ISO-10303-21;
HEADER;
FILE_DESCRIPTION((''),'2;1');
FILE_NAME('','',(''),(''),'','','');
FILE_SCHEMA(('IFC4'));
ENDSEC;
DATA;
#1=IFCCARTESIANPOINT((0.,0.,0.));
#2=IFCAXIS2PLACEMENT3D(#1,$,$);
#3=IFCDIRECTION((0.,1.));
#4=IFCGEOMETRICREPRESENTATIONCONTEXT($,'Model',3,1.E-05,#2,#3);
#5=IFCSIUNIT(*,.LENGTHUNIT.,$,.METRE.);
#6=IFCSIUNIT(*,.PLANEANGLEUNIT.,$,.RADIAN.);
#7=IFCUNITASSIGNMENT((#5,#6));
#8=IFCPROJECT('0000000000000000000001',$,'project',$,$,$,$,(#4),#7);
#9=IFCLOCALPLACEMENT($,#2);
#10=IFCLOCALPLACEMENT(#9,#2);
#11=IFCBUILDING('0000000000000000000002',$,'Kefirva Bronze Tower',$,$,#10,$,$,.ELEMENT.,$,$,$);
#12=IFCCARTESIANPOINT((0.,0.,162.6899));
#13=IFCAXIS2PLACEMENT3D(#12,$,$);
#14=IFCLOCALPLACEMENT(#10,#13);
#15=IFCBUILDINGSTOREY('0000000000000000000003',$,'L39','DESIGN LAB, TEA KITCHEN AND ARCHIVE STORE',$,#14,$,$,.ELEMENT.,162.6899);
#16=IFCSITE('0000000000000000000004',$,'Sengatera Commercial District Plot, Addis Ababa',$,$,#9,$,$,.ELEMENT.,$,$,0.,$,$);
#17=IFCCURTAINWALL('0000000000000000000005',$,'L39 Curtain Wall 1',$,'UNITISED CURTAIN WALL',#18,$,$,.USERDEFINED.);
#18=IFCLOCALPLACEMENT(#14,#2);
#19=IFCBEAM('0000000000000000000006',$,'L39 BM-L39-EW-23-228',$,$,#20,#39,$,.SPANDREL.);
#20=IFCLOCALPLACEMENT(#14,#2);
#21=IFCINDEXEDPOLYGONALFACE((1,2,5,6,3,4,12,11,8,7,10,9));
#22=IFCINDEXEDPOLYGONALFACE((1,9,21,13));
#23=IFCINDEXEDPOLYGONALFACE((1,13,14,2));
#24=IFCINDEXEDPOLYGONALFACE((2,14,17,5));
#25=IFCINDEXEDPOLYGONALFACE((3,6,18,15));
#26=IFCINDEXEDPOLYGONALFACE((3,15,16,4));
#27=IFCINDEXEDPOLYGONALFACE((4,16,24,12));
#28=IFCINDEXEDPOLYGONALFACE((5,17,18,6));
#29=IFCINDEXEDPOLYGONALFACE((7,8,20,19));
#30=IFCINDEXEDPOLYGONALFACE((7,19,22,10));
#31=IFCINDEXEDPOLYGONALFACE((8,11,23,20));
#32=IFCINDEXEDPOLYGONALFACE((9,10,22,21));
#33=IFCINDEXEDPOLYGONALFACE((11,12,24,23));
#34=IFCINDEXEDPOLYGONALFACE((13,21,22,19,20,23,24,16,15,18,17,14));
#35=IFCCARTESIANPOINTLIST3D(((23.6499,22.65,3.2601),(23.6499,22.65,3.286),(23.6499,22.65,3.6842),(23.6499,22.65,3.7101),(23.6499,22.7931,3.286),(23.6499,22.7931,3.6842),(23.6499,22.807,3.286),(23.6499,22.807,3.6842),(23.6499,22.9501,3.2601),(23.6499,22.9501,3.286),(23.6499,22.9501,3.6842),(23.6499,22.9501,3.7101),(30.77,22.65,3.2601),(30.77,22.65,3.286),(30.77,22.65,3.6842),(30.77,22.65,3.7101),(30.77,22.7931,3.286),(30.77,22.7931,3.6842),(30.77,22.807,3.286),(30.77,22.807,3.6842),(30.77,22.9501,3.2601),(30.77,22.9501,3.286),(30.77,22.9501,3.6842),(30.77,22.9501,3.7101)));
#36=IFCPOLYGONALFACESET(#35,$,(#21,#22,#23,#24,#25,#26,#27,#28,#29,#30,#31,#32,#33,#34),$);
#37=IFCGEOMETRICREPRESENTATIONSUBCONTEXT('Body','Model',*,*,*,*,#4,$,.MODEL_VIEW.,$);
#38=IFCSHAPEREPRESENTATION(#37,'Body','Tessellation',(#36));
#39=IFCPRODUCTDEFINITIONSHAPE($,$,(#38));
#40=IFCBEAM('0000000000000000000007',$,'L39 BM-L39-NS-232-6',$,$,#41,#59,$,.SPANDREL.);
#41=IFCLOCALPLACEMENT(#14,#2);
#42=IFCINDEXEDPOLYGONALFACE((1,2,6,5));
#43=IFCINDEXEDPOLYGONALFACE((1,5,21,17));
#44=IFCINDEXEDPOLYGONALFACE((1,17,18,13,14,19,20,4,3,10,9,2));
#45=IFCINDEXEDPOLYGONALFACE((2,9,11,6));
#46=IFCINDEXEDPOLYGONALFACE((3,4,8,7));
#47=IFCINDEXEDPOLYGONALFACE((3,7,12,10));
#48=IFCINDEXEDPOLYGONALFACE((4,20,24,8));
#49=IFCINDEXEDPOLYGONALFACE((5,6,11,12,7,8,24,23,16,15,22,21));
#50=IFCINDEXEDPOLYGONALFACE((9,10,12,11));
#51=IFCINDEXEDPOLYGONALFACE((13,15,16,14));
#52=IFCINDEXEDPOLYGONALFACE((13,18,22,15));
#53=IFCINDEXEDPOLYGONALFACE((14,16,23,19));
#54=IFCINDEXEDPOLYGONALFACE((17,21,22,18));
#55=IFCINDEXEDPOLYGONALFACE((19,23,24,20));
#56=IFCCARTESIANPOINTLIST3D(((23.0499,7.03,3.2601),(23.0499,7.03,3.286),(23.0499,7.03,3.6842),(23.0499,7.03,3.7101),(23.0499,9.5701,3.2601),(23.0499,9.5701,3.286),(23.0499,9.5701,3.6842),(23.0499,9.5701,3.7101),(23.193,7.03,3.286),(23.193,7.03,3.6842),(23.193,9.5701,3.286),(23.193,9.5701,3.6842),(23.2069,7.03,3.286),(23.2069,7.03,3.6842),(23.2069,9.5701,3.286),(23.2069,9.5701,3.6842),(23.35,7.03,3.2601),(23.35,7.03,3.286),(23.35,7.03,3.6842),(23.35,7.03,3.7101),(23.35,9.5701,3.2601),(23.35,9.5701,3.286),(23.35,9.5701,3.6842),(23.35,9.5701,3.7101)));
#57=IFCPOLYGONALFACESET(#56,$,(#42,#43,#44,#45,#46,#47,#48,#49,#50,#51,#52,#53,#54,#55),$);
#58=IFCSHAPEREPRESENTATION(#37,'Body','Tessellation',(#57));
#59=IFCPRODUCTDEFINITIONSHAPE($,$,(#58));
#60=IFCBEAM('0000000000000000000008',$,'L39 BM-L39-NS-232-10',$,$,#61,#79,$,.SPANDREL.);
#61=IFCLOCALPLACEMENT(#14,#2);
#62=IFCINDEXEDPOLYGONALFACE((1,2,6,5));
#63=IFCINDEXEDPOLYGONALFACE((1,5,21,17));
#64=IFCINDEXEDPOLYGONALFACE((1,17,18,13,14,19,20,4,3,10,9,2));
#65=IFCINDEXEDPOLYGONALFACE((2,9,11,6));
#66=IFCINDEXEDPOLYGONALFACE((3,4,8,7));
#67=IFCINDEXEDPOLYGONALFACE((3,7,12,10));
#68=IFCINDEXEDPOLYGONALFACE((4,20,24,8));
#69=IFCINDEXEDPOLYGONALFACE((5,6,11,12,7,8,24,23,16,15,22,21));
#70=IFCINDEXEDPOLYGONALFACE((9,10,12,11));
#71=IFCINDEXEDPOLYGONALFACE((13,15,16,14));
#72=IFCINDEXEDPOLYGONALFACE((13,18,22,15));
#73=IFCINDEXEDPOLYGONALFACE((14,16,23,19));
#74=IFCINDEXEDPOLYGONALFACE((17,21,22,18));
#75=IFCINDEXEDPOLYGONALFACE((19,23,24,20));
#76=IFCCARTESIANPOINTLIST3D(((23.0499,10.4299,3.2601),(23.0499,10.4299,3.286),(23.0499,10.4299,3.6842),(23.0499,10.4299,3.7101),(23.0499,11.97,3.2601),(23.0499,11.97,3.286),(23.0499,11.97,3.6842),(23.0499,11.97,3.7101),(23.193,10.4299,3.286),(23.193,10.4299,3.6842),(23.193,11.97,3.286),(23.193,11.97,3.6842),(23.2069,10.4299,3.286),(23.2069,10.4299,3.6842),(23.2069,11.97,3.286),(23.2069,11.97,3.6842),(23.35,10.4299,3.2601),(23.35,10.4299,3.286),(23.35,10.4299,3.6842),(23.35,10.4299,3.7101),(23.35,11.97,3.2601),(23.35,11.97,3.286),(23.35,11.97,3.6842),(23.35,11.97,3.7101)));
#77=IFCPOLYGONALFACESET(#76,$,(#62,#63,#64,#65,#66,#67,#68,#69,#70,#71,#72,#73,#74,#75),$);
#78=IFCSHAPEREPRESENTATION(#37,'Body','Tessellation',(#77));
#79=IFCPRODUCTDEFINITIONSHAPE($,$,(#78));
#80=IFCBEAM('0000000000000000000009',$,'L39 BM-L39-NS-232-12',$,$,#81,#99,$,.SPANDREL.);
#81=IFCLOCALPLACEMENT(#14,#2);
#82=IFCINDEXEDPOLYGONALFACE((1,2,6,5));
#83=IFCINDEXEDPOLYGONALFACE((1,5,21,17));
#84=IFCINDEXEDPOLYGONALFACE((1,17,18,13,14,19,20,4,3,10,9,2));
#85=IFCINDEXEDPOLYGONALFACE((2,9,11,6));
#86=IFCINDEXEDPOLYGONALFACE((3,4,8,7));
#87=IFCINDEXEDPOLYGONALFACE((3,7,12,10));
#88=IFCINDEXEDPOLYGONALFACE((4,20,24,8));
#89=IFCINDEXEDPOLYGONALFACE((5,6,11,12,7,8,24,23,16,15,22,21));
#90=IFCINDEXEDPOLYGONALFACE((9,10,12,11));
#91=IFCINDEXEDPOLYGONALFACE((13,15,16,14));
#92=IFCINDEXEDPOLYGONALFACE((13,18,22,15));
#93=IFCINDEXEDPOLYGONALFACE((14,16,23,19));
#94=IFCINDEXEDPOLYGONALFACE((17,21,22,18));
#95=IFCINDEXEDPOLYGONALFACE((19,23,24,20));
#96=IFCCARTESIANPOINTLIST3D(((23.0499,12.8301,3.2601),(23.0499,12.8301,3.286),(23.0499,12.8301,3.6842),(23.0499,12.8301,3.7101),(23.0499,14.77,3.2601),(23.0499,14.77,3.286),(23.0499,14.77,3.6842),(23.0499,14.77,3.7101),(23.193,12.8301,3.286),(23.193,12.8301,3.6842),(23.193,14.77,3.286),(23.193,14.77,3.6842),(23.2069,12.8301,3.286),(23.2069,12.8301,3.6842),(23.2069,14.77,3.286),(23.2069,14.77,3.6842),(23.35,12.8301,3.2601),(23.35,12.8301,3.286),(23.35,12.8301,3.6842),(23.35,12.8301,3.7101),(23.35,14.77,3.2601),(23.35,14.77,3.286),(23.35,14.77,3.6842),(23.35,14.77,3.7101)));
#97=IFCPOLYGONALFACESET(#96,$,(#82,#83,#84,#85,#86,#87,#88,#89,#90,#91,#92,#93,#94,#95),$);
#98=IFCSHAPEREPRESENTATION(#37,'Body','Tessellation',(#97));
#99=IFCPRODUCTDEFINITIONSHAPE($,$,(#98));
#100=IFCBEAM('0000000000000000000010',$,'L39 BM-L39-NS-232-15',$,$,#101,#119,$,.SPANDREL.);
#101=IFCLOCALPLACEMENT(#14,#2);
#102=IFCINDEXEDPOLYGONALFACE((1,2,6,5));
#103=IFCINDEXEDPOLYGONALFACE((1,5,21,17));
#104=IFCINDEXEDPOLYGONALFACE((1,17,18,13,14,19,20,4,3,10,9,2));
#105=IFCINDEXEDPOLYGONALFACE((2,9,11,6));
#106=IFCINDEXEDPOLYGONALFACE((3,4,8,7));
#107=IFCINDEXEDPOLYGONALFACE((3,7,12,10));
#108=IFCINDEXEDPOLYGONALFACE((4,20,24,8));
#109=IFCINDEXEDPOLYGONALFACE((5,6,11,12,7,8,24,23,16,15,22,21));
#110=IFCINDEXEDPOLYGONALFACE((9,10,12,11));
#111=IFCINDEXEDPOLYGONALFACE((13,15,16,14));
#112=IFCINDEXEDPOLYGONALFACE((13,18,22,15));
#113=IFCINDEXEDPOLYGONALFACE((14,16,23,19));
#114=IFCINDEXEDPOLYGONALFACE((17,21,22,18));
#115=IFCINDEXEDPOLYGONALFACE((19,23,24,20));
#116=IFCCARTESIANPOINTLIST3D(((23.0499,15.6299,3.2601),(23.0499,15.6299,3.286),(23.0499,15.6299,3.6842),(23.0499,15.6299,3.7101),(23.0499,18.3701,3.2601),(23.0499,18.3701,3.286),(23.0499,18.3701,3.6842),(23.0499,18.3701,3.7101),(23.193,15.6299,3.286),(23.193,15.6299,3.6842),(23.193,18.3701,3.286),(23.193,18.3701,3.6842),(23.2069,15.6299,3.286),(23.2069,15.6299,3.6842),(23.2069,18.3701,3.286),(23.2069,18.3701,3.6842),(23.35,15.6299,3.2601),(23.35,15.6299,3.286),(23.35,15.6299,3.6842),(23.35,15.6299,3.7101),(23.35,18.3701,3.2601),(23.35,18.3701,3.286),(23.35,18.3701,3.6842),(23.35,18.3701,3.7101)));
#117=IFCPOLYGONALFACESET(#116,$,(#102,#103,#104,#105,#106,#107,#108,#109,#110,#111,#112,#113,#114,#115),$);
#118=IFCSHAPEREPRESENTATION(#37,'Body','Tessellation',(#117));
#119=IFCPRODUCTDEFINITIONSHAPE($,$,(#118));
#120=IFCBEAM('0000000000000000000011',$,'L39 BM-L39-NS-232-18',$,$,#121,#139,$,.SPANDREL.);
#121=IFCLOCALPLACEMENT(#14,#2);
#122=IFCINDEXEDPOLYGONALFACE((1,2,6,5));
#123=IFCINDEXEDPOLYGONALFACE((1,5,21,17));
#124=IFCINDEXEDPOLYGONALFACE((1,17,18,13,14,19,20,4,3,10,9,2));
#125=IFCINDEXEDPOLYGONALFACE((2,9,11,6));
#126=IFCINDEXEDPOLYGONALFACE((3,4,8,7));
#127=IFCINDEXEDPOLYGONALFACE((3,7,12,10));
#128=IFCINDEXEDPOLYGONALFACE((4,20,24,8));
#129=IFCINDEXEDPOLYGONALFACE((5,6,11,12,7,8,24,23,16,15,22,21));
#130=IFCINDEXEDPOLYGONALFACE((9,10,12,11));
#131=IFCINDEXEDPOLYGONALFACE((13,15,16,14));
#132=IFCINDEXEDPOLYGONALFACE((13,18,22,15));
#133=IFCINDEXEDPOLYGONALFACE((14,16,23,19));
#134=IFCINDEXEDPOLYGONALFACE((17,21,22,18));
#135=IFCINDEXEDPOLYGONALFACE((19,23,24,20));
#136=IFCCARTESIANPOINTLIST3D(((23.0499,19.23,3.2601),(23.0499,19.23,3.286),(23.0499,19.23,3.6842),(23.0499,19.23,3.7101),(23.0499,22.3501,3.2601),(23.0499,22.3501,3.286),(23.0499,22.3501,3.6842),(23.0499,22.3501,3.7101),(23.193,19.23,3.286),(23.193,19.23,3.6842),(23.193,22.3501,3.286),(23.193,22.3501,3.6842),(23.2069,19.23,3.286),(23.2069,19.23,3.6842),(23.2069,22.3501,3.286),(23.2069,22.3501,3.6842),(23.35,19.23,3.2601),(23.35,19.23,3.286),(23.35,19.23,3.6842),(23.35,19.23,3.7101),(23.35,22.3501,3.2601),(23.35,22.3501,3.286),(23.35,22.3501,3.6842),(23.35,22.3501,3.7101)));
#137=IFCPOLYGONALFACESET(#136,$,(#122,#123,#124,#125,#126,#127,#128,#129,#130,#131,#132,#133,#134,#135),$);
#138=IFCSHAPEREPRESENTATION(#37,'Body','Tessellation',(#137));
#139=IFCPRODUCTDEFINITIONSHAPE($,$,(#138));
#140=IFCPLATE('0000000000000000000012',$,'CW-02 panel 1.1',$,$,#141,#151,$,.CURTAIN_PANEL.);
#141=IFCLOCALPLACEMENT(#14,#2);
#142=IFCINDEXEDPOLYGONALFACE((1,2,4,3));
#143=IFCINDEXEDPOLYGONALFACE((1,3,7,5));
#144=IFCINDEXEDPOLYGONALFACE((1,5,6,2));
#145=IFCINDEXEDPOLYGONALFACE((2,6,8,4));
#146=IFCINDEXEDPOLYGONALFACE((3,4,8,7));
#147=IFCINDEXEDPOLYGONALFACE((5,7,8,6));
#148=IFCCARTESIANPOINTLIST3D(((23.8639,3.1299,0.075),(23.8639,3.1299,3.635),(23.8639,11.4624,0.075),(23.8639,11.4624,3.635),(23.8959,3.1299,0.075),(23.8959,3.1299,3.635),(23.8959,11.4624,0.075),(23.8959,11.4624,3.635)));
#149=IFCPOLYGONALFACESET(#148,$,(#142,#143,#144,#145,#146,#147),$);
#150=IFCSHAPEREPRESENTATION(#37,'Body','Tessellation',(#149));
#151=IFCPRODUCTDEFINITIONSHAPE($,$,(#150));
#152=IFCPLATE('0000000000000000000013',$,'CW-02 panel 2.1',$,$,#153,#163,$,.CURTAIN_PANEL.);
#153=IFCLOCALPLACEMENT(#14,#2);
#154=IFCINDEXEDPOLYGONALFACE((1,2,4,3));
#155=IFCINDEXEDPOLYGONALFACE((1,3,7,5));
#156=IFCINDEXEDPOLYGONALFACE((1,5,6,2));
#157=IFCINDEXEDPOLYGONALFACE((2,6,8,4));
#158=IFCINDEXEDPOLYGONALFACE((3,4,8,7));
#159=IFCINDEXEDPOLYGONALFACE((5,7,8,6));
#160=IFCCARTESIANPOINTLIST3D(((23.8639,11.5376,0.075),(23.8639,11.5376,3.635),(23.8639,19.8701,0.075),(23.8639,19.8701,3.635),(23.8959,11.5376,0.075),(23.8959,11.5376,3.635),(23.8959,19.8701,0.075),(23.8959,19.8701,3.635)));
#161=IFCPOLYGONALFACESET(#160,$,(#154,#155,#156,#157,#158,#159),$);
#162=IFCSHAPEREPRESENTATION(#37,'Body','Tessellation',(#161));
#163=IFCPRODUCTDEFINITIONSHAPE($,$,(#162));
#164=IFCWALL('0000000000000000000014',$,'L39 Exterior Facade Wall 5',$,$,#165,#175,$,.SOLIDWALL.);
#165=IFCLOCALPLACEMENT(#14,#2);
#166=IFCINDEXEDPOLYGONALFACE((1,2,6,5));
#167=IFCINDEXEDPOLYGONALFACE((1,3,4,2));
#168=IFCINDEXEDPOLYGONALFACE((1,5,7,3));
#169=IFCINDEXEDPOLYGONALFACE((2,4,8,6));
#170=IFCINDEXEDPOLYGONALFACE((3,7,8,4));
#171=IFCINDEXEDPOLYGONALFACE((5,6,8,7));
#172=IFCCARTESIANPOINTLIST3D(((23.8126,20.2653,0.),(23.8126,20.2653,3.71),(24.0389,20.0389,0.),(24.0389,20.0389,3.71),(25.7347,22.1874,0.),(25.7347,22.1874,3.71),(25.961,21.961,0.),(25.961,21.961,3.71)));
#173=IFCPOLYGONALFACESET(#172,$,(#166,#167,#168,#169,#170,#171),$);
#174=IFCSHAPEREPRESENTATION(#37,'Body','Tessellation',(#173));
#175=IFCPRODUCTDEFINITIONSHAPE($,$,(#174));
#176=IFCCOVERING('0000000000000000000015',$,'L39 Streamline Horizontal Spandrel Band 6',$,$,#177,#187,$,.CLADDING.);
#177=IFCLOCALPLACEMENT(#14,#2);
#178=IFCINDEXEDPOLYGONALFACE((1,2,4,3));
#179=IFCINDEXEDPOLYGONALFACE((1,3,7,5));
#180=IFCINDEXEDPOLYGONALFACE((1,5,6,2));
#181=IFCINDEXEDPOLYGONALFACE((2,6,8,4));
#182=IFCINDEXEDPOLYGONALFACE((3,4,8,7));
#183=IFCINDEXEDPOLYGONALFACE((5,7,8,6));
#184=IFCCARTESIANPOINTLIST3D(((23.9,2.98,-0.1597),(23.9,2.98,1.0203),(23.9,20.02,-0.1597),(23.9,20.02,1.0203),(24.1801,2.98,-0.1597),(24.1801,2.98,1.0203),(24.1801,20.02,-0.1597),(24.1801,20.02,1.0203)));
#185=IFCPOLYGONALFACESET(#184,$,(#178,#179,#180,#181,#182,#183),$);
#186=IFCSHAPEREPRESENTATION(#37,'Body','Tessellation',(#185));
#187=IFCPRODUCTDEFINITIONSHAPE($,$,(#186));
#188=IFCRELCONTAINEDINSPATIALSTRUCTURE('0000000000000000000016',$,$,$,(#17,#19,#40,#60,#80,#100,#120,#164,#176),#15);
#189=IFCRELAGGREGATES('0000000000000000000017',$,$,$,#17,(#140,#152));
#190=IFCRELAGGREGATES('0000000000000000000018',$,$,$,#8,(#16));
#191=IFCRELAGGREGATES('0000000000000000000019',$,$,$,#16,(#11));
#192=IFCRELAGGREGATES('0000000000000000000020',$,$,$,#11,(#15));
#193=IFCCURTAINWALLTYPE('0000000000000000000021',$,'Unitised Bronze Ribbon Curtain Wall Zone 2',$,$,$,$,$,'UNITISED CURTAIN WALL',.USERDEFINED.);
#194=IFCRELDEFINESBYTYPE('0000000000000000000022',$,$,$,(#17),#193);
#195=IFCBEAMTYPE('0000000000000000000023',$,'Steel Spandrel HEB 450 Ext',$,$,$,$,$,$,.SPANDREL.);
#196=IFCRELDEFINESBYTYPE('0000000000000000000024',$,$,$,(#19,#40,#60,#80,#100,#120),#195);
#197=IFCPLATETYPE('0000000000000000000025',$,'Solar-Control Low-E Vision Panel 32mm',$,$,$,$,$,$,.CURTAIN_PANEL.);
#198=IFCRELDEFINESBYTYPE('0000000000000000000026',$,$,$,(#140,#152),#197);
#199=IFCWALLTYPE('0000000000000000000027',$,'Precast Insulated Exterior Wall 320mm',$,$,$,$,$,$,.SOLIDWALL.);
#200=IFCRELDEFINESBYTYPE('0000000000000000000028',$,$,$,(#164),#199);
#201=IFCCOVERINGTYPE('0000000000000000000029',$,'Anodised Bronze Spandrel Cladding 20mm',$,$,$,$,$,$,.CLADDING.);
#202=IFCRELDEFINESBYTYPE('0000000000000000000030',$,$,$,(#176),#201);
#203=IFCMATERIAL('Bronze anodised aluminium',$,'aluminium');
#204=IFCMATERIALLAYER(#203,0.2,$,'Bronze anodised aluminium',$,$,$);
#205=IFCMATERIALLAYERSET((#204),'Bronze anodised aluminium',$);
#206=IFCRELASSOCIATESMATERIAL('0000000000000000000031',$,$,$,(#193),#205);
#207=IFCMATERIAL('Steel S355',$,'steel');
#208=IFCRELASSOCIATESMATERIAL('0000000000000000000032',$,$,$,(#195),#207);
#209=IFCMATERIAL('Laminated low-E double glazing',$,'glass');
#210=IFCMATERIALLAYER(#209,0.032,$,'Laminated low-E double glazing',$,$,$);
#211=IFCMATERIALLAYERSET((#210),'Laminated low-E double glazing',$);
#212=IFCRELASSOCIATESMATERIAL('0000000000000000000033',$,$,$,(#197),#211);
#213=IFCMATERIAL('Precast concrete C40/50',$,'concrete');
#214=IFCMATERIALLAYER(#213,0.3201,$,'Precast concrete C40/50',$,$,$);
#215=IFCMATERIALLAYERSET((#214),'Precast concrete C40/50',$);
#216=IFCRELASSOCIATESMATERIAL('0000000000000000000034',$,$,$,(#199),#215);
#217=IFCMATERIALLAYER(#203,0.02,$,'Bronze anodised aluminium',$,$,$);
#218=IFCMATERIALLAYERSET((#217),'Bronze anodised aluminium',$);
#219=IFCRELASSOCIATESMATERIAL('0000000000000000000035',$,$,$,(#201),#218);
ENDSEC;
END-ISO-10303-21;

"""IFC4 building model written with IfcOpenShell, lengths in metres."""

from ifc_helpers import new_model, si_unit, direction, frame, frame_2d, origin, origin_2d, place, context, subcontext, project, spatial, rectangle, i_section, extrude, material, layer, layer_set, material_profile, profile_set, type_object, element, aggregate, save


model = new_model("IFC4")

# Units and contexts
model_context = context("Model", 3, precision=1e-05, world=origin(), true_north=direction((0.0, 1.0)))
body_context = subcontext(model_context, "Body", "Model", "MODEL_VIEW")
ifc_project = project(units=[si_unit("LENGTHUNIT", "METRE"), si_unit("PLANEANGLEUNIT", "RADIAN")], contexts=[model_context])

# Site, building, storey
site_placement = place(None, origin())
site = spatial("IfcSite", under=ifc_project, at=site_placement, Name="Sengatera Commercial District Plot, Addis Ababa", CompositionType="ELEMENT", RefElevation=0.0)
building_placement = place(site_placement, origin())
building = spatial("IfcBuilding", under=site, at=building_placement, Name="Kefirva Bronze Tower", CompositionType="ELEMENT")
storey_placement = place(building_placement, frame((0.0, 0.0, 162.6899)))
storey = spatial("IfcBuildingStorey", under=building, at=storey_placement, Name="L39", Description="DESIGN LAB, TEA KITCHEN AND ARCHIVE STORE", CompositionType="ELEMENT", Elevation=162.6899)

# Curtain wall
ifc_material_1 = material(Name="Bronze anodised aluminium", Category="aluminium")
ifc_layer_1 = layer(ifc_material_1, 0.2, Name="Bronze anodised aluminium")
ifc_layer_set_1 = layer_set([ifc_layer_1], Name="Bronze anodised aluminium")
curtain_wall_type = type_object("IfcCurtainWallType", Name="Unitised Bronze Ribbon Curtain Wall Zone 2", ElementType="UNITISED CURTAIN WALL", PredefinedType="USERDEFINED", material=ifc_layer_set_1)
curtain_wall_placement = place(storey_placement, origin())
curtain_wall = element("IfcCurtainWall", 1, at=curtain_wall_placement, inside=storey, type_object=curtain_wall_type, Name="L39 Curtain Wall 1", ObjectType="UNITISED CURTAIN WALL", PredefinedType="USERDEFINED")

# Beams
ifc_material_2 = material(Name="Steel S355", Category="steel")
ifc_material_profile_1 = material_profile(ifc_material_2, i_section(OverallWidth=0.3, OverallDepth=0.45, WebThickness=0.0139, FlangeThickness=0.0259, at=origin_2d()), Name="HEB 450")
ifc_profile_set_1 = profile_set([ifc_material_profile_1], Name="Steel S355")
beam_type_1 = type_object("IfcBeamType", Name="Steel Spandrel HEB 450 Ext", PredefinedType="SPANDREL", material=ifc_profile_set_1)
beam_1_placement = place(storey_placement, frame((23.6499, 22.8, 3.4851), z_axis=(1.0, 0.0, 0.0), x_axis=(0.0, 1.0, 0.0)))
element("IfcBeam", 2, at=beam_1_placement, inside=storey, type_object=beam_type_1, Name="L39 BM-L39-EW-23-228", PredefinedType="SPANDREL", context=body_context, shape_type="SweptSolid", body=[
    extrude(i_section(OverallWidth=0.3, OverallDepth=0.45, WebThickness=0.0139, FlangeThickness=0.0259, at=origin_2d()), origin(), (0.0, 0.0, 1.0), 7.1201),
])
beam_2_placement = place(storey_placement, frame((23.2, 7.03, 3.4851), z_axis=(0.0, 1.0, 0.0), x_axis=(-1.0, 0.0, 0.0)))
element("IfcBeam", 3, at=beam_2_placement, inside=storey, type_object=beam_type_1, Name="L39 BM-L39-NS-232-6", PredefinedType="SPANDREL", context=body_context, shape_type="SweptSolid", body=[
    extrude(i_section(OverallWidth=0.3, OverallDepth=0.45, WebThickness=0.0139, FlangeThickness=0.0259, at=origin_2d()), origin(), (0.0, 0.0, 1.0), 2.54),
])
beam_3_placement = place(storey_placement, frame((23.2, 10.4299, 3.4851), z_axis=(0.0, 1.0, 0.0), x_axis=(-1.0, 0.0, 0.0)))
element("IfcBeam", 4, at=beam_3_placement, inside=storey, type_object=beam_type_1, Name="L39 BM-L39-NS-232-10", PredefinedType="SPANDREL", context=body_context, shape_type="SweptSolid", body=[
    extrude(i_section(OverallWidth=0.3, OverallDepth=0.45, WebThickness=0.0139, FlangeThickness=0.0259, at=origin_2d()), origin(), (0.0, 0.0, 1.0), 1.54),
])
beam_4_placement = place(storey_placement, frame((23.2, 12.8301, 3.4851), z_axis=(0.0, 1.0, 0.0), x_axis=(-1.0, 0.0, 0.0)))
element("IfcBeam", 5, at=beam_4_placement, inside=storey, type_object=beam_type_1, Name="L39 BM-L39-NS-232-12", PredefinedType="SPANDREL", context=body_context, shape_type="SweptSolid", body=[
    extrude(i_section(OverallWidth=0.3, OverallDepth=0.45, WebThickness=0.0139, FlangeThickness=0.0259, at=origin_2d()), origin(), (0.0, 0.0, 1.0), 1.9399),
])
beam_5_placement = place(storey_placement, frame((23.2, 15.6299, 3.4851), z_axis=(0.0, 1.0, 0.0), x_axis=(-1.0, 0.0, 0.0)))
element("IfcBeam", 6, at=beam_5_placement, inside=storey, type_object=beam_type_1, Name="L39 BM-L39-NS-232-15", PredefinedType="SPANDREL", context=body_context, shape_type="SweptSolid", body=[
    extrude(i_section(OverallWidth=0.3, OverallDepth=0.45, WebThickness=0.0139, FlangeThickness=0.0259, at=origin_2d()), origin(), (0.0, 0.0, 1.0), 2.7402),
])
beam_6_placement = place(storey_placement, frame((23.2, 19.23, 3.4851), z_axis=(0.0, 1.0, 0.0), x_axis=(-1.0, 0.0, 0.0)))
element("IfcBeam", 7, at=beam_6_placement, inside=storey, type_object=beam_type_1, Name="L39 BM-L39-NS-232-18", PredefinedType="SPANDREL", context=body_context, shape_type="SweptSolid", body=[
    extrude(i_section(OverallWidth=0.3, OverallDepth=0.45, WebThickness=0.0139, FlangeThickness=0.0259, at=origin_2d()), origin(), (0.0, 0.0, 1.0), 3.1201),
])

# Plates
ifc_material_3 = material(Name="Laminated low-E double glazing", Category="glass")
ifc_layer_2 = layer(ifc_material_3, 0.032, Name="Laminated low-E double glazing")
ifc_layer_set_2 = layer_set([ifc_layer_2], Name="Laminated low-E double glazing")
plate_type = type_object("IfcPlateType", Name="Solar-Control Low-E Vision Panel 32mm", PredefinedType="CURTAIN_PANEL", material=ifc_layer_set_2)
plate_1_placement = place(storey_placement, frame((23.8799, 7.2961, 0.075), z_axis=(0.0, 0.0, 1.0), x_axis=(0.0, 1.0, 0.0)))
plate_1 = element("IfcPlate", 8, at=plate_1_placement, type_object=plate_type, Name="CW-02 panel 1.1", PredefinedType="CURTAIN_PANEL", context=body_context, shape_type="SweptSolid", body=[
    extrude(rectangle(XDim=8.3325, YDim=0.032, at=origin_2d()), origin(), (0.0, 0.0, 1.0), 3.5601),
])
plate_2_placement = place(storey_placement, frame((23.8799, 15.7039, 0.075), z_axis=(0.0, 0.0, 1.0), x_axis=(0.0, 1.0, 0.0)))
plate_2 = element("IfcPlate", 9, at=plate_2_placement, type_object=plate_type, Name="CW-02 panel 2.1", PredefinedType="CURTAIN_PANEL", context=body_context, shape_type="SweptSolid", body=[
    extrude(rectangle(XDim=8.3325, YDim=0.032, at=origin_2d()), origin(), (0.0, 0.0, 1.0), 3.5601),
])
aggregate(curtain_wall, [plate_1, plate_2])

# Wall
ifc_material_4 = material(Name="Precast concrete C40/50", Category="concrete")
ifc_layer_3 = layer(ifc_material_4, 0.3201, Name="Precast concrete C40/50")
ifc_layer_set_3 = layer_set([ifc_layer_3], Name="Precast concrete C40/50")
wall_type = type_object("IfcWallType", Name="Precast Insulated Exterior Wall 320mm", PredefinedType="SOLIDWALL", material=ifc_layer_set_3)
wall_placement = place(storey_placement, frame((23.9258, 20.1521, 0.0), z_axis=(0.0, 0.0, 1.0), x_axis=(0.707107, 0.707107, 0.0)))
element("IfcWall", 10, at=wall_placement, inside=storey, type_object=wall_type, Name="L39 Exterior Facade Wall 5", PredefinedType="SOLIDWALL", context=body_context, shape_type="SweptSolid", body=[
    extrude(rectangle(XDim=2.7183, YDim=0.3201, at=frame_2d((1.3591, 0.0))), origin(), (0.0, 0.0, 1.0), 3.71),
])

# Covering
ifc_layer_4 = layer(ifc_material_1, 0.02, Name="Bronze anodised aluminium")
ifc_layer_set_4 = layer_set([ifc_layer_4], Name="Bronze anodised aluminium")
covering_type_1 = type_object("IfcCoveringType", Name="Anodised Bronze Spandrel Cladding 20mm", PredefinedType="CLADDING", material=ifc_layer_set_4)
covering_1_placement = place(storey_placement, frame((24.04, 11.5, -0.1597), z_axis=(0.0, 0.0, 1.0), x_axis=(0.0, 1.0, 0.0)))
element("IfcCovering", 11, at=covering_1_placement, inside=storey, type_object=covering_type_1, Name="L39 Streamline Horizontal Spandrel Band 6", PredefinedType="CLADDING", context=body_context, shape_type="SweptSolid", body=[
    extrude(rectangle(XDim=17.04, YDim=0.28, at=origin_2d()), origin(), (0.0, 0.0, 1.0), 1.1799),
])

save(model, "model.ifc")
